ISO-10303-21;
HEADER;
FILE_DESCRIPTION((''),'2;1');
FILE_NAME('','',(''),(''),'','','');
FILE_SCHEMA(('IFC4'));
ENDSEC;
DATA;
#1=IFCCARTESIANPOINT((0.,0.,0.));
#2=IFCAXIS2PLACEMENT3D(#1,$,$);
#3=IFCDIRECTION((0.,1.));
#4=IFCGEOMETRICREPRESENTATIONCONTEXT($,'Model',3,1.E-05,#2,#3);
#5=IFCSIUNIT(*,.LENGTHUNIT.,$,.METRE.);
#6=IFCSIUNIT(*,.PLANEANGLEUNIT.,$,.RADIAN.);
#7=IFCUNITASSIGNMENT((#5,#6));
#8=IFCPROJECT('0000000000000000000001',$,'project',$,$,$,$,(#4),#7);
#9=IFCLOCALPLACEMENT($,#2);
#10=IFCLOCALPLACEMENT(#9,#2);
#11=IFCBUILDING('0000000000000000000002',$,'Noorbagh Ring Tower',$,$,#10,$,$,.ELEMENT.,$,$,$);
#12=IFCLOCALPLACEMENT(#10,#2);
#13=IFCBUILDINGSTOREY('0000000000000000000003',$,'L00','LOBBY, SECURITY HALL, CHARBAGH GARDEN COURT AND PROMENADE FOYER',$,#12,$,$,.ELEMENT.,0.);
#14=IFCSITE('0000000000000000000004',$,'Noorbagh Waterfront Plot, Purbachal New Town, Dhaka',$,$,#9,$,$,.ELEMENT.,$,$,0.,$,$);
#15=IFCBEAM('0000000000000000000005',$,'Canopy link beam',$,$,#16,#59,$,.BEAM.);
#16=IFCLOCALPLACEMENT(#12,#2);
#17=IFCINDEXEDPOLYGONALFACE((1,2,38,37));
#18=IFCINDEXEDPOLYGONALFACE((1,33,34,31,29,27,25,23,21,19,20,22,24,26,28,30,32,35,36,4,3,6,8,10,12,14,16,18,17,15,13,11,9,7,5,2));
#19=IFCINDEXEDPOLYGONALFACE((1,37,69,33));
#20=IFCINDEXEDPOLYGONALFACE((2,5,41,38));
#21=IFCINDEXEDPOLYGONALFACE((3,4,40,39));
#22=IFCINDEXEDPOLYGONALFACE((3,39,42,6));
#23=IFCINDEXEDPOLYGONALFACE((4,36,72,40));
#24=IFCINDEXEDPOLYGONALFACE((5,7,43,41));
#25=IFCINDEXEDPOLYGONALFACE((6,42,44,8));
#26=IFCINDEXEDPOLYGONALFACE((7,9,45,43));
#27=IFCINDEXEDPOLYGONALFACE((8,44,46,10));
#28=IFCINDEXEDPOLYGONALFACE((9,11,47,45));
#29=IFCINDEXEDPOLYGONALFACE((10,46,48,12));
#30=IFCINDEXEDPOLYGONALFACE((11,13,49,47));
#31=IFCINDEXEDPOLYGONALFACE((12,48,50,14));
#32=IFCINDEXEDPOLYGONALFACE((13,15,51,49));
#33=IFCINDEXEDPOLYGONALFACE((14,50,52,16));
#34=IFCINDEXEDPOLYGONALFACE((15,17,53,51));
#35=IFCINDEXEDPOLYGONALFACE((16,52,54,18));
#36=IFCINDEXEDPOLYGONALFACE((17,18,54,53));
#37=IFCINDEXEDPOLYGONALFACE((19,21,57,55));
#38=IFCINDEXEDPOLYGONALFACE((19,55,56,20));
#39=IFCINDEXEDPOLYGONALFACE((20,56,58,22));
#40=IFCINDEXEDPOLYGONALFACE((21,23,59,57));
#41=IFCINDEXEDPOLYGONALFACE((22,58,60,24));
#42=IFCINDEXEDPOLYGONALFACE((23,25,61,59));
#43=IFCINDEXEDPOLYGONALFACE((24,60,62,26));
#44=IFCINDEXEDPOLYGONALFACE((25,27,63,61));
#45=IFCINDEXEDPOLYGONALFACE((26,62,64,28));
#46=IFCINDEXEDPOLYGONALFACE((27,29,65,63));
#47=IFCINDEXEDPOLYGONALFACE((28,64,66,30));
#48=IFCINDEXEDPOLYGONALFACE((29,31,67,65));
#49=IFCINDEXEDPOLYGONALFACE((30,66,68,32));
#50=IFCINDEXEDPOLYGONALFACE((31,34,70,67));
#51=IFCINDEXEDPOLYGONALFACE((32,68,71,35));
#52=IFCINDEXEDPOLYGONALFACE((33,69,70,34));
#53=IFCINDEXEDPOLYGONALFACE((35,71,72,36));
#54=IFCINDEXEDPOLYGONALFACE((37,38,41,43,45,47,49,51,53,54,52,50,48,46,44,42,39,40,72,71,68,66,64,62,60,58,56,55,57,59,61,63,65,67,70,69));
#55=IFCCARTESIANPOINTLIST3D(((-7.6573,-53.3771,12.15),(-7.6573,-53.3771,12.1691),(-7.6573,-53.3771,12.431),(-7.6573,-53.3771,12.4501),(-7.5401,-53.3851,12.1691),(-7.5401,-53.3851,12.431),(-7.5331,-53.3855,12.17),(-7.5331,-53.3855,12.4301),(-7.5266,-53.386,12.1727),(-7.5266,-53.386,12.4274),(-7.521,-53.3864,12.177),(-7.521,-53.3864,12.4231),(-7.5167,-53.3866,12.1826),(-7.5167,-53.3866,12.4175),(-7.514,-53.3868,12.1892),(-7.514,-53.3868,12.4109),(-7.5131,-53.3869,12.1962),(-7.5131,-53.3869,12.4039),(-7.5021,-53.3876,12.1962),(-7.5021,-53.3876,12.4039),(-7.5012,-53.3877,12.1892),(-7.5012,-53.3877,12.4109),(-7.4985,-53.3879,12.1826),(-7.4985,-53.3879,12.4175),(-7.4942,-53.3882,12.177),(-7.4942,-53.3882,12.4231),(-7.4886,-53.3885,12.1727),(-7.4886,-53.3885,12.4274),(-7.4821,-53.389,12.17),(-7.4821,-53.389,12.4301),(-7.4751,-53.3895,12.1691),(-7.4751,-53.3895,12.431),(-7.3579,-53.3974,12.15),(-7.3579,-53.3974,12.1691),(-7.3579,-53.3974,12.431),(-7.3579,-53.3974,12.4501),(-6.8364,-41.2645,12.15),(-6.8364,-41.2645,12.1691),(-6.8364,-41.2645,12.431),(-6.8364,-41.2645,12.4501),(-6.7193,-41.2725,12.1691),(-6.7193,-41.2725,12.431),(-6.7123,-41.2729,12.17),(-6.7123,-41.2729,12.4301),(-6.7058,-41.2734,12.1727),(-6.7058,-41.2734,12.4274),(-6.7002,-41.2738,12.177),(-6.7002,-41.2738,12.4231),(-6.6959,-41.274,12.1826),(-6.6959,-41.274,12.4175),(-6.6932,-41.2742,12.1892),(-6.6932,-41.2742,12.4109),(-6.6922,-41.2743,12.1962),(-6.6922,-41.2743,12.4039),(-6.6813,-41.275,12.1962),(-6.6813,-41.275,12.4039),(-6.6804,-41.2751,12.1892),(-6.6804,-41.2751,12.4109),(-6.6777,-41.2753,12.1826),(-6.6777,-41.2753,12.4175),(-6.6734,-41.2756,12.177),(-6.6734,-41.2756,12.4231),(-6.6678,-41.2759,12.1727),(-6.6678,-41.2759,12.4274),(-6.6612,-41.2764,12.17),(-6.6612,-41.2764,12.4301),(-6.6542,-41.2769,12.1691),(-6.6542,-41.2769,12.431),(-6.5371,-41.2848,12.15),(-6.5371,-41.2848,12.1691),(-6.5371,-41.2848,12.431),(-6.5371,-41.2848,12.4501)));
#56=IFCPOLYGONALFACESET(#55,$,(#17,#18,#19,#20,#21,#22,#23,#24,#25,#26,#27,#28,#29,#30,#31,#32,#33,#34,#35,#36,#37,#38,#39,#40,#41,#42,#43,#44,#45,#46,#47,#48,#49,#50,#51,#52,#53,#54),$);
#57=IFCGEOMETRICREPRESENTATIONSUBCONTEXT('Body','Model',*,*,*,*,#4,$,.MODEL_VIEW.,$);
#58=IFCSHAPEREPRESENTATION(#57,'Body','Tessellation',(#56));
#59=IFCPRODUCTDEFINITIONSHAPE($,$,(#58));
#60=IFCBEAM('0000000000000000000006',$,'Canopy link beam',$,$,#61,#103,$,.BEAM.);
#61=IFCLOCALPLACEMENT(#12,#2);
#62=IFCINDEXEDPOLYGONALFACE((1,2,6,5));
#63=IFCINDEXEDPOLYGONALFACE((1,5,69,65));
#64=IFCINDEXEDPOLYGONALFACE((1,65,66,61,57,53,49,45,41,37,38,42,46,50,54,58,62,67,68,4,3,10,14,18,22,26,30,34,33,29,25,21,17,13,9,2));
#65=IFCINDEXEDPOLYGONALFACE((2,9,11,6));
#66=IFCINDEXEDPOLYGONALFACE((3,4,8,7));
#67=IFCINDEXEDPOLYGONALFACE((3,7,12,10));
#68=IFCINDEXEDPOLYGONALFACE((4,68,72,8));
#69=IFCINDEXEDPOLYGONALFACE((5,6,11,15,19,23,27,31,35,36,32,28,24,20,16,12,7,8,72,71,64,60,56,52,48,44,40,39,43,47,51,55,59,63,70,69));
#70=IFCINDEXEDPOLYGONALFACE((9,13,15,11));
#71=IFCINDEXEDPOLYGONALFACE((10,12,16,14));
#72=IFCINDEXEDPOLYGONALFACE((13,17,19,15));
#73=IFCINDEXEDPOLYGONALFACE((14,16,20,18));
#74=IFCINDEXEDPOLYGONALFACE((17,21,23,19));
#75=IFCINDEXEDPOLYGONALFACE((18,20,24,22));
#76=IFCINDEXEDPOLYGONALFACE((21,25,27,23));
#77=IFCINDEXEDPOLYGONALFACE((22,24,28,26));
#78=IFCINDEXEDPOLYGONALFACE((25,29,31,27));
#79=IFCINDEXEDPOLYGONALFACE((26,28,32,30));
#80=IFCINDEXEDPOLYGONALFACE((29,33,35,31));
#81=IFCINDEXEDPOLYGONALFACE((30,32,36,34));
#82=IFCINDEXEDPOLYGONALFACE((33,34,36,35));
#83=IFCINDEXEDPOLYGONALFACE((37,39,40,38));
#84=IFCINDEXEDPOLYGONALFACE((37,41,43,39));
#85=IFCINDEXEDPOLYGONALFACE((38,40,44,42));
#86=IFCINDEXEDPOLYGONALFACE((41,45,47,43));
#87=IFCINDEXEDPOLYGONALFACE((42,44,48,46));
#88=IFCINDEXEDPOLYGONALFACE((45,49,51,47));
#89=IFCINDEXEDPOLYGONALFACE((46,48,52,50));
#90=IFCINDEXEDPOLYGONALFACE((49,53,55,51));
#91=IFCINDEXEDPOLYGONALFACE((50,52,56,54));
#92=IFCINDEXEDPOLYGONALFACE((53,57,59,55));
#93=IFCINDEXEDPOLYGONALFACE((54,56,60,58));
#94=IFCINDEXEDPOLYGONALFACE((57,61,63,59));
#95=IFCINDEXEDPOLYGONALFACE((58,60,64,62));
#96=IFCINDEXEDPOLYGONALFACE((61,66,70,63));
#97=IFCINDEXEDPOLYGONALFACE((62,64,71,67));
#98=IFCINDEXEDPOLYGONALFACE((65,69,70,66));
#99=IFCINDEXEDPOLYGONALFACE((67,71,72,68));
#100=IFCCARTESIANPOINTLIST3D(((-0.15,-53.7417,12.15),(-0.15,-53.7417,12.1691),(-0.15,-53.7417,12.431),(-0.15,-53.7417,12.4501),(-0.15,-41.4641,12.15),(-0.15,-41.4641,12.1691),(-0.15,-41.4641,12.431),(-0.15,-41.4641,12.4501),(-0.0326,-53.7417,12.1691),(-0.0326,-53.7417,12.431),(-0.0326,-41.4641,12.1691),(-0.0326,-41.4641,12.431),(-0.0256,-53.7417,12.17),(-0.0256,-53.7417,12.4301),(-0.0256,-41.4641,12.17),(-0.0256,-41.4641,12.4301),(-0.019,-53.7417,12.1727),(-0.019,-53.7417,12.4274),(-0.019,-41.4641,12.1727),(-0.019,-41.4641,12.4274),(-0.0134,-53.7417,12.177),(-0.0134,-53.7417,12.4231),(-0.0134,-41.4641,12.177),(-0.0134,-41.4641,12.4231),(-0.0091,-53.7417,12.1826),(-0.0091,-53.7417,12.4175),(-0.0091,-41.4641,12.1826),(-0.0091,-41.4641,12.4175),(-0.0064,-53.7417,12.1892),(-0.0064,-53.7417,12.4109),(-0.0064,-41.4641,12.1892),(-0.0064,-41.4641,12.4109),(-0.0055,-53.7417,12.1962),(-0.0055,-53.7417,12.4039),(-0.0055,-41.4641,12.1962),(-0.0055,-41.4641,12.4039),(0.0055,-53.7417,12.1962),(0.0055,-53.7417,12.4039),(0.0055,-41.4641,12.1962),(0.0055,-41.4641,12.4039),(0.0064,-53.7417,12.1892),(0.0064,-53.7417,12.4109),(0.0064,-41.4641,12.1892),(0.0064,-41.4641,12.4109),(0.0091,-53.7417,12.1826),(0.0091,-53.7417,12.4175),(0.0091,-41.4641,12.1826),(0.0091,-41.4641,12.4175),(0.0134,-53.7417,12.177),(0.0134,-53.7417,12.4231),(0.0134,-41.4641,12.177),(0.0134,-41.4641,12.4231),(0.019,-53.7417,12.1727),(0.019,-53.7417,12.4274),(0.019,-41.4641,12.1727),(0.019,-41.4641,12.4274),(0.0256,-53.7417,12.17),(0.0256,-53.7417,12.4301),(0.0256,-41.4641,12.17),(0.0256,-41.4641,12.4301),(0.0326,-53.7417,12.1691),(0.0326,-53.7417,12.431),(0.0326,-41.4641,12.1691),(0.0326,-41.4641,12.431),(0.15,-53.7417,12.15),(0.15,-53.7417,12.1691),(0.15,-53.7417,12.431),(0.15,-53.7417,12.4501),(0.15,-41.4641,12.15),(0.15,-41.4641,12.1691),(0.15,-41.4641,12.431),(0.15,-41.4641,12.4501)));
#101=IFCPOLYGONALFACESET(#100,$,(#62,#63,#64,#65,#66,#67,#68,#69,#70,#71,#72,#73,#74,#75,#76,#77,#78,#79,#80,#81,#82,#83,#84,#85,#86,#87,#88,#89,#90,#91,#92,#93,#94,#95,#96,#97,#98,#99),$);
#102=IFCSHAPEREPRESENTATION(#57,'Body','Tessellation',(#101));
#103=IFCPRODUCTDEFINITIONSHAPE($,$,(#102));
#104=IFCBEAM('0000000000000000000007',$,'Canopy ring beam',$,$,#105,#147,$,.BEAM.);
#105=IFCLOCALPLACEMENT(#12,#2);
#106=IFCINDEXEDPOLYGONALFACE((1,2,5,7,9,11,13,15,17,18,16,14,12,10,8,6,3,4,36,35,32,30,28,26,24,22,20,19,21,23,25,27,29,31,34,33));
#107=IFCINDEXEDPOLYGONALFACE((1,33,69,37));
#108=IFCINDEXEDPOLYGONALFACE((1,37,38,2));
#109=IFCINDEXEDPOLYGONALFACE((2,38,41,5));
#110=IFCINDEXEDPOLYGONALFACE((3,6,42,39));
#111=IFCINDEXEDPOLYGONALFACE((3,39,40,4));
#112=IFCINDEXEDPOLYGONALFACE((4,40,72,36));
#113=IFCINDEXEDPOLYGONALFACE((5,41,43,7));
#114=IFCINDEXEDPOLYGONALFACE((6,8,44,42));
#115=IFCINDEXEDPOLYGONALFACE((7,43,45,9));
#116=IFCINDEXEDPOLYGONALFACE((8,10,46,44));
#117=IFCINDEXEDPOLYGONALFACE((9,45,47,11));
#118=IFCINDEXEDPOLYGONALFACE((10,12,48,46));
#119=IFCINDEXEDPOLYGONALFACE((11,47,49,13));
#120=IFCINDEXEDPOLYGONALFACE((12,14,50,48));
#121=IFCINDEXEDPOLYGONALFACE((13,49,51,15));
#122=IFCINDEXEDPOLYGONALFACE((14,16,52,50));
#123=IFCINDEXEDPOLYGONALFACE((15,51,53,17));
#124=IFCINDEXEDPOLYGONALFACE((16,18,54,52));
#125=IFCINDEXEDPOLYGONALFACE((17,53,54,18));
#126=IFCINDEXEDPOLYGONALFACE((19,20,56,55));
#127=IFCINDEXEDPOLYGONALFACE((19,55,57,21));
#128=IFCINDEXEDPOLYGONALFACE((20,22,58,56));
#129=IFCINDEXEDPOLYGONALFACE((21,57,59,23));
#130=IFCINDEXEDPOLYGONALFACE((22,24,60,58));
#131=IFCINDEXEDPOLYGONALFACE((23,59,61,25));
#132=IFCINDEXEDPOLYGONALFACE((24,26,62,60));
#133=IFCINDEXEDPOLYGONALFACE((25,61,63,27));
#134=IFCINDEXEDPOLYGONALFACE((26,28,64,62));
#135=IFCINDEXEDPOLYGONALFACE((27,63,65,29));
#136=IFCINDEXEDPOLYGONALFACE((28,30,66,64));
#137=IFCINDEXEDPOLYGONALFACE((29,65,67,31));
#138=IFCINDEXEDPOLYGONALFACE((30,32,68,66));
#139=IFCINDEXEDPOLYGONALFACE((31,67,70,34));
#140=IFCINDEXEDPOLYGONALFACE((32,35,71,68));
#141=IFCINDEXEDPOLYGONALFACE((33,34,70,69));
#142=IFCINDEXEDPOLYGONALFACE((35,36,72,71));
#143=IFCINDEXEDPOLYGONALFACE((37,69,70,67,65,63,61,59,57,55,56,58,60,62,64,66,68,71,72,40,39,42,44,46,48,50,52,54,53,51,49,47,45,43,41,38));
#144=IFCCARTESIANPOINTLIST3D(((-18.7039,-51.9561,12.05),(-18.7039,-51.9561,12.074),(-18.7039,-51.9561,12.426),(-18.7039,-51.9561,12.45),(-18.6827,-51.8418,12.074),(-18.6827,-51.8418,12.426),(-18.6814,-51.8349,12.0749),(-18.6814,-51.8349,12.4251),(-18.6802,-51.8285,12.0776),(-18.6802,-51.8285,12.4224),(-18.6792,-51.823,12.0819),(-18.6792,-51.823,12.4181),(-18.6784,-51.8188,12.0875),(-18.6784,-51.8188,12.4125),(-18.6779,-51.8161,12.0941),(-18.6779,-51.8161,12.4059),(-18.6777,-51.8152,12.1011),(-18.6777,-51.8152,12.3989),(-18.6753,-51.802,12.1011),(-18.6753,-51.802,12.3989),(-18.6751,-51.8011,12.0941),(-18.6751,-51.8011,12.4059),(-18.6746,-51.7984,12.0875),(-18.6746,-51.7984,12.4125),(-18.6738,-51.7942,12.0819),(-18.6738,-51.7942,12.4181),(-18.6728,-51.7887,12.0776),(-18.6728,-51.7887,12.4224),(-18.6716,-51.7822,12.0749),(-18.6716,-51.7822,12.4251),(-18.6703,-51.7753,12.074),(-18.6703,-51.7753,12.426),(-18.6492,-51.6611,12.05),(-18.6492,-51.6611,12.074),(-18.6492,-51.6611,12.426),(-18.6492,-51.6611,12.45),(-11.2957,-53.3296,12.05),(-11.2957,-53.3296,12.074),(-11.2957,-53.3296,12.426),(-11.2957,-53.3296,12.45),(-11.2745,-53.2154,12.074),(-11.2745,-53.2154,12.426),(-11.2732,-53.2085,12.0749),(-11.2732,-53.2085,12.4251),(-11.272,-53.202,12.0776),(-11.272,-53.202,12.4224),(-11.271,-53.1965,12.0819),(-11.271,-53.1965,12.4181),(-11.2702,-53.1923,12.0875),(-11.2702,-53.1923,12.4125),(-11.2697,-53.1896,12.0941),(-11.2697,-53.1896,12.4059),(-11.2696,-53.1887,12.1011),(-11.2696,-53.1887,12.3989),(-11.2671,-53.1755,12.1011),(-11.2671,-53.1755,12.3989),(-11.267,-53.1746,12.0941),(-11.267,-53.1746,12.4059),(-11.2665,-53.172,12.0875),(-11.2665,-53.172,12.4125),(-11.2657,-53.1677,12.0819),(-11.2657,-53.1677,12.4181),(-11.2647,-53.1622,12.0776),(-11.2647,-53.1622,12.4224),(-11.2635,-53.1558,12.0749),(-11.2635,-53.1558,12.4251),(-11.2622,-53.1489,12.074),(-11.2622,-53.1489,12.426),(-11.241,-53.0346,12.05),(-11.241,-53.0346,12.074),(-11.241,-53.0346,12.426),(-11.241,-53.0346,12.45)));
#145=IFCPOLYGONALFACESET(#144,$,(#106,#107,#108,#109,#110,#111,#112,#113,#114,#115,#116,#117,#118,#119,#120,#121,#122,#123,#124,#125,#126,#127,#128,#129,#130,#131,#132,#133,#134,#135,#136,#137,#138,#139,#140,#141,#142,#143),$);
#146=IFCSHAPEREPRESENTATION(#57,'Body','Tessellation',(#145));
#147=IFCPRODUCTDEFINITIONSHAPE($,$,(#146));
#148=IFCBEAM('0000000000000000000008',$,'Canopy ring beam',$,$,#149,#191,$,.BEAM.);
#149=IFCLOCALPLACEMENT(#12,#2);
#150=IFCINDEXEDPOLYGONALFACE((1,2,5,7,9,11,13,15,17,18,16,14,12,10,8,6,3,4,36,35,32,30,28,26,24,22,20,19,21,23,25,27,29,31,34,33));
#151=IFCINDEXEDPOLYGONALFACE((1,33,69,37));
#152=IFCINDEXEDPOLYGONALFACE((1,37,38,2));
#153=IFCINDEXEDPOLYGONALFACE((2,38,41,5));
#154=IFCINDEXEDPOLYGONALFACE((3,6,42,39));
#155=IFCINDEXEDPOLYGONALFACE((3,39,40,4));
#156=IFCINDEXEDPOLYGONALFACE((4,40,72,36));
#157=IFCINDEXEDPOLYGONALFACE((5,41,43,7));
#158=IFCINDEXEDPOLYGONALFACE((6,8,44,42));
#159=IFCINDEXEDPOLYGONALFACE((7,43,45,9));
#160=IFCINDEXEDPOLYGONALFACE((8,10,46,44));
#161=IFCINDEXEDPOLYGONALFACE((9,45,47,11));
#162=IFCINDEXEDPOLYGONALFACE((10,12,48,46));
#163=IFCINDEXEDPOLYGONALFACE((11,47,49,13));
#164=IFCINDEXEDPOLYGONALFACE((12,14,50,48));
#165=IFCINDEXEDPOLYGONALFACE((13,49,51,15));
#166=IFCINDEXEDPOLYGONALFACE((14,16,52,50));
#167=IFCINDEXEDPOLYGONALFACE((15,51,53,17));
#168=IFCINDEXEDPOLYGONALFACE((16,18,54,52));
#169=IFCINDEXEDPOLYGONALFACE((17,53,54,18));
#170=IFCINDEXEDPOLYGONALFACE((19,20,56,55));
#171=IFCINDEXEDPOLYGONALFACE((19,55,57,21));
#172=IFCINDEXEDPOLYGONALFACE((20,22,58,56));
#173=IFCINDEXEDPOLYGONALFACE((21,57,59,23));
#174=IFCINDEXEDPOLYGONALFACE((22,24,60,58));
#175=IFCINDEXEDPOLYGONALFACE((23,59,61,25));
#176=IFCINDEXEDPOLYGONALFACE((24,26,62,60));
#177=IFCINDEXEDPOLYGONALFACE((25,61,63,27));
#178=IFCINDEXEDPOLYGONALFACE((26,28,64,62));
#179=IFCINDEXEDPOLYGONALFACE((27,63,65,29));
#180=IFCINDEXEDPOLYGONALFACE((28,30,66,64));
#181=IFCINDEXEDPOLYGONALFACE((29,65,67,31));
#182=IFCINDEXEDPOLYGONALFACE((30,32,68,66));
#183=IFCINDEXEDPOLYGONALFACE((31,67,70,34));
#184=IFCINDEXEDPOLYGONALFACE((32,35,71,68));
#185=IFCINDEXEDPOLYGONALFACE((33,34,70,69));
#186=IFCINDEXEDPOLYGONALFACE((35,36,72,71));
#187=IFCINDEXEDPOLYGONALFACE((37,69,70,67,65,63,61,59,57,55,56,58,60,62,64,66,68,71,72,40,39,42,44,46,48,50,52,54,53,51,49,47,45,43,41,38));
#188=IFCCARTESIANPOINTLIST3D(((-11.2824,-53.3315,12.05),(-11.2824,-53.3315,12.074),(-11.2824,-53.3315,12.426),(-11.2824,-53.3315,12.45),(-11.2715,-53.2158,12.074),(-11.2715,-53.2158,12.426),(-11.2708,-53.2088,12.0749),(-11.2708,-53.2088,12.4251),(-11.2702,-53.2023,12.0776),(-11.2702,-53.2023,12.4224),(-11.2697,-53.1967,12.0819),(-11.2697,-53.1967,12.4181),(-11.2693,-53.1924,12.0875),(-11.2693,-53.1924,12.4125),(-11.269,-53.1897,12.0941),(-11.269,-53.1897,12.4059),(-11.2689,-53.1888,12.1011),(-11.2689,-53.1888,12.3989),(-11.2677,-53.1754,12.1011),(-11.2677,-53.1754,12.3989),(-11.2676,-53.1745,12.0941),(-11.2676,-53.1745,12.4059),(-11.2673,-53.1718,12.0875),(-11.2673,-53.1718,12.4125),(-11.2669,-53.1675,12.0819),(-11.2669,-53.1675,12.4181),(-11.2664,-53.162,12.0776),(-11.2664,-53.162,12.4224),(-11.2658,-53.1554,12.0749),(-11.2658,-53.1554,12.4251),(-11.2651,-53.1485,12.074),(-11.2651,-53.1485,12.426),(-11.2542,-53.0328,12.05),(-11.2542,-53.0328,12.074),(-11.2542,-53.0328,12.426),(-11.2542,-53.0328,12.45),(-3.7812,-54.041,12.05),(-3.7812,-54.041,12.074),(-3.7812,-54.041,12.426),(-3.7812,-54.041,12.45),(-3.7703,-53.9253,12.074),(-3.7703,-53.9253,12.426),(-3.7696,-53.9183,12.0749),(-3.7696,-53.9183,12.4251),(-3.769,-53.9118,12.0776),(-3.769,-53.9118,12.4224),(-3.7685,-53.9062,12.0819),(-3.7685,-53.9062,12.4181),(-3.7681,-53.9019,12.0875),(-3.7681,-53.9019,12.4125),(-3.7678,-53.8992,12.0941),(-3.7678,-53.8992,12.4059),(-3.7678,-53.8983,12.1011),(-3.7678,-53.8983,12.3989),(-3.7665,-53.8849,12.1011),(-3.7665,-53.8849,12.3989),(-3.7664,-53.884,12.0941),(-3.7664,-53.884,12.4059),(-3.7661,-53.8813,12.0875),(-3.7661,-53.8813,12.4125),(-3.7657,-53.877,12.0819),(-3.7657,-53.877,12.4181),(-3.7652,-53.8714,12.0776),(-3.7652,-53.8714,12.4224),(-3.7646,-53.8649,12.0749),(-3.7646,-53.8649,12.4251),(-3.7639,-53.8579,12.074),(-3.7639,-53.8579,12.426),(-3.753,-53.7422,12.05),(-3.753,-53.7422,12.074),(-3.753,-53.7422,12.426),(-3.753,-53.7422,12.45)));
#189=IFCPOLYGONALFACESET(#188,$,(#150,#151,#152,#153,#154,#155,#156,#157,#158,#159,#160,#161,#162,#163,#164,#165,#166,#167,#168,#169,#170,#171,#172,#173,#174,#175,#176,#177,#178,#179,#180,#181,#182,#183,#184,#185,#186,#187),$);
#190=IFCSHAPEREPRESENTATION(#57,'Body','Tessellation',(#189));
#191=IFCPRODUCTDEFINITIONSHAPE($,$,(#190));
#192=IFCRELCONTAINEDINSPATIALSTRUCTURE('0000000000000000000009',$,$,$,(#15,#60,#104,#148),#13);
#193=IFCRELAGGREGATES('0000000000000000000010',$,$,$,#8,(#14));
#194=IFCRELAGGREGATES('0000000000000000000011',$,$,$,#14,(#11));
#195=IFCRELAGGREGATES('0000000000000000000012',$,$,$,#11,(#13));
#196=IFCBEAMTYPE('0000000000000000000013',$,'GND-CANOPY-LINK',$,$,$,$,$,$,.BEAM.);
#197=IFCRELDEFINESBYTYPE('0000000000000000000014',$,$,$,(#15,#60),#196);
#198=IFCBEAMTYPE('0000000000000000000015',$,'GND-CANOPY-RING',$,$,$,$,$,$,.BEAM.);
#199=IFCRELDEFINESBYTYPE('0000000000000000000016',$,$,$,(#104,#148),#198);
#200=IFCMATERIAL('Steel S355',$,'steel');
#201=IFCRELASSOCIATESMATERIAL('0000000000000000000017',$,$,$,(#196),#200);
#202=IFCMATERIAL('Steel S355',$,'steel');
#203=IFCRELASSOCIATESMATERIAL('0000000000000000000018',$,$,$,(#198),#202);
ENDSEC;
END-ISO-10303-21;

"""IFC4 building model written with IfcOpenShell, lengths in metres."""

from ifc_helpers import new_model, si_unit, direction, frame, origin, origin_2d, place, context, subcontext, project, spatial, i_section, extrude, material, material_profile, profile_set, type_object, element, save


model = new_model("IFC4")

# Units and contexts
model_context = context("Model", 3, precision=1e-05, world=origin(), true_north=direction((0.0, 1.0)))
body_context = subcontext(model_context, "Body", "Model", "MODEL_VIEW")
ifc_project = project(units=[si_unit("LENGTHUNIT", "METRE"), si_unit("PLANEANGLEUNIT", "RADIAN")], contexts=[model_context])

# Site, building, storey
site_placement = place(None, origin())
site = spatial("IfcSite", under=ifc_project, at=site_placement, Name="Noorbagh Waterfront Plot, Purbachal New Town, Dhaka", CompositionType="ELEMENT", RefElevation=0.0)
building_placement = place(site_placement, origin())
building = spatial("IfcBuilding", under=site, at=building_placement, Name="Noorbagh Ring Tower", CompositionType="ELEMENT")
storey_placement = place(building_placement, origin())
storey = spatial("IfcBuildingStorey", under=building, at=storey_placement, Name="L00", Description="LOBBY, SECURITY HALL, CHARBAGH GARDEN COURT AND PROMENADE FOYER", CompositionType="ELEMENT", Elevation=0.0)

# Beams
ifc_material_1 = material(Name="Steel S355", Category="steel")
ifc_material_profile_1 = material_profile(ifc_material_1, i_section(OverallWidth=0.3, OverallDepth=0.3, WebThickness=0.011, FlangeThickness=0.019, FilletRadius=0.0271, at=origin_2d()), Name="HEB300")
ifc_profile_set_1 = profile_set([ifc_material_profile_1], Name="Steel S355")
beam_type_1 = type_object("IfcBeamType", Name="GND-CANOPY-LINK", PredefinedType="BEAM", material=ifc_profile_set_1)
beam_1_placement = place(storey_placement, frame((-6.6868, -41.2747, 12.3), z_axis=(-0.067609, -0.997712, 0.0), x_axis=(0.997712, -0.067609, 0.0)))
element("IfcBeam", 1, at=beam_1_placement, inside=storey, type_object=beam_type_1, Name="Canopy link beam", PredefinedType="BEAM", context=body_context, shape_type="SweptSolid", body=[
    extrude(i_section(OverallWidth=0.3, OverallDepth=0.3, WebThickness=0.011, FlangeThickness=0.019, FilletRadius=0.0271, at=origin_2d()), origin(), (0.0, 0.0, 1.0), 12.1404),
])
beam_2_placement = place(storey_placement, frame((0.0, -41.4641, 12.3), z_axis=(0.0, -1.0, 0.0), x_axis=(1.0, 0.0, 0.0)))
element("IfcBeam", 2, at=beam_2_placement, inside=storey, type_object=beam_type_1, Name="Canopy link beam", PredefinedType="BEAM", context=body_context, shape_type="SweptSolid", body=[
    extrude(i_section(OverallWidth=0.3, OverallDepth=0.3, WebThickness=0.011, FlangeThickness=0.019, FilletRadius=0.0271, at=origin_2d()), origin(), (0.0, 0.0, 1.0), 12.2776),
])
ifc_material_2 = material(Name="Steel S355", Category="steel")
ifc_material_profile_2 = material_profile(ifc_material_2, i_section(OverallWidth=0.3, OverallDepth=0.3999, WebThickness=0.0134, FlangeThickness=0.0239, FilletRadius=0.0271, at=origin_2d()), Name="HEB400")
ifc_profile_set_2 = profile_set([ifc_material_profile_2], Name="Steel S355")
beam_type_2 = type_object("IfcBeamType", Name="GND-CANOPY-RING", PredefinedType="BEAM", material=ifc_profile_set_2)
beam_3_placement = place(storey_placement, frame((-18.6765, -51.8086, 12.25), z_axis=(0.983243, -0.1823, 0.0), x_axis=(0.1823, 0.983243, 0.0)))
element("IfcBeam", 3, at=beam_3_placement, inside=storey, type_object=beam_type_2, Name="Canopy ring beam", PredefinedType="BEAM", context=body_context, shape_type="SweptSolid", body=[
    extrude(i_section(OverallWidth=0.3, OverallDepth=0.3999, WebThickness=0.0134, FlangeThickness=0.0239, FilletRadius=0.0271, at=origin_2d()), origin(), (0.0, 0.0, 1.0), 7.5344),
])
beam_4_placement = place(storey_placement, frame((-11.2683, -53.1821, 12.25), z_axis=(0.995557, -0.094161, 0.0), x_axis=(0.094161, 0.995557, 0.0)))
element("IfcBeam", 4, at=beam_4_placement, inside=storey, type_object=beam_type_2, Name="Canopy ring beam", PredefinedType="BEAM", context=body_context, shape_type="SweptSolid", body=[
    extrude(i_section(OverallWidth=0.3, OverallDepth=0.3999, WebThickness=0.0134, FlangeThickness=0.0239, FilletRadius=0.0271, at=origin_2d()), origin(), (0.0, 0.0, 1.0), 7.5347),
])

save(model, "model.ifc")
